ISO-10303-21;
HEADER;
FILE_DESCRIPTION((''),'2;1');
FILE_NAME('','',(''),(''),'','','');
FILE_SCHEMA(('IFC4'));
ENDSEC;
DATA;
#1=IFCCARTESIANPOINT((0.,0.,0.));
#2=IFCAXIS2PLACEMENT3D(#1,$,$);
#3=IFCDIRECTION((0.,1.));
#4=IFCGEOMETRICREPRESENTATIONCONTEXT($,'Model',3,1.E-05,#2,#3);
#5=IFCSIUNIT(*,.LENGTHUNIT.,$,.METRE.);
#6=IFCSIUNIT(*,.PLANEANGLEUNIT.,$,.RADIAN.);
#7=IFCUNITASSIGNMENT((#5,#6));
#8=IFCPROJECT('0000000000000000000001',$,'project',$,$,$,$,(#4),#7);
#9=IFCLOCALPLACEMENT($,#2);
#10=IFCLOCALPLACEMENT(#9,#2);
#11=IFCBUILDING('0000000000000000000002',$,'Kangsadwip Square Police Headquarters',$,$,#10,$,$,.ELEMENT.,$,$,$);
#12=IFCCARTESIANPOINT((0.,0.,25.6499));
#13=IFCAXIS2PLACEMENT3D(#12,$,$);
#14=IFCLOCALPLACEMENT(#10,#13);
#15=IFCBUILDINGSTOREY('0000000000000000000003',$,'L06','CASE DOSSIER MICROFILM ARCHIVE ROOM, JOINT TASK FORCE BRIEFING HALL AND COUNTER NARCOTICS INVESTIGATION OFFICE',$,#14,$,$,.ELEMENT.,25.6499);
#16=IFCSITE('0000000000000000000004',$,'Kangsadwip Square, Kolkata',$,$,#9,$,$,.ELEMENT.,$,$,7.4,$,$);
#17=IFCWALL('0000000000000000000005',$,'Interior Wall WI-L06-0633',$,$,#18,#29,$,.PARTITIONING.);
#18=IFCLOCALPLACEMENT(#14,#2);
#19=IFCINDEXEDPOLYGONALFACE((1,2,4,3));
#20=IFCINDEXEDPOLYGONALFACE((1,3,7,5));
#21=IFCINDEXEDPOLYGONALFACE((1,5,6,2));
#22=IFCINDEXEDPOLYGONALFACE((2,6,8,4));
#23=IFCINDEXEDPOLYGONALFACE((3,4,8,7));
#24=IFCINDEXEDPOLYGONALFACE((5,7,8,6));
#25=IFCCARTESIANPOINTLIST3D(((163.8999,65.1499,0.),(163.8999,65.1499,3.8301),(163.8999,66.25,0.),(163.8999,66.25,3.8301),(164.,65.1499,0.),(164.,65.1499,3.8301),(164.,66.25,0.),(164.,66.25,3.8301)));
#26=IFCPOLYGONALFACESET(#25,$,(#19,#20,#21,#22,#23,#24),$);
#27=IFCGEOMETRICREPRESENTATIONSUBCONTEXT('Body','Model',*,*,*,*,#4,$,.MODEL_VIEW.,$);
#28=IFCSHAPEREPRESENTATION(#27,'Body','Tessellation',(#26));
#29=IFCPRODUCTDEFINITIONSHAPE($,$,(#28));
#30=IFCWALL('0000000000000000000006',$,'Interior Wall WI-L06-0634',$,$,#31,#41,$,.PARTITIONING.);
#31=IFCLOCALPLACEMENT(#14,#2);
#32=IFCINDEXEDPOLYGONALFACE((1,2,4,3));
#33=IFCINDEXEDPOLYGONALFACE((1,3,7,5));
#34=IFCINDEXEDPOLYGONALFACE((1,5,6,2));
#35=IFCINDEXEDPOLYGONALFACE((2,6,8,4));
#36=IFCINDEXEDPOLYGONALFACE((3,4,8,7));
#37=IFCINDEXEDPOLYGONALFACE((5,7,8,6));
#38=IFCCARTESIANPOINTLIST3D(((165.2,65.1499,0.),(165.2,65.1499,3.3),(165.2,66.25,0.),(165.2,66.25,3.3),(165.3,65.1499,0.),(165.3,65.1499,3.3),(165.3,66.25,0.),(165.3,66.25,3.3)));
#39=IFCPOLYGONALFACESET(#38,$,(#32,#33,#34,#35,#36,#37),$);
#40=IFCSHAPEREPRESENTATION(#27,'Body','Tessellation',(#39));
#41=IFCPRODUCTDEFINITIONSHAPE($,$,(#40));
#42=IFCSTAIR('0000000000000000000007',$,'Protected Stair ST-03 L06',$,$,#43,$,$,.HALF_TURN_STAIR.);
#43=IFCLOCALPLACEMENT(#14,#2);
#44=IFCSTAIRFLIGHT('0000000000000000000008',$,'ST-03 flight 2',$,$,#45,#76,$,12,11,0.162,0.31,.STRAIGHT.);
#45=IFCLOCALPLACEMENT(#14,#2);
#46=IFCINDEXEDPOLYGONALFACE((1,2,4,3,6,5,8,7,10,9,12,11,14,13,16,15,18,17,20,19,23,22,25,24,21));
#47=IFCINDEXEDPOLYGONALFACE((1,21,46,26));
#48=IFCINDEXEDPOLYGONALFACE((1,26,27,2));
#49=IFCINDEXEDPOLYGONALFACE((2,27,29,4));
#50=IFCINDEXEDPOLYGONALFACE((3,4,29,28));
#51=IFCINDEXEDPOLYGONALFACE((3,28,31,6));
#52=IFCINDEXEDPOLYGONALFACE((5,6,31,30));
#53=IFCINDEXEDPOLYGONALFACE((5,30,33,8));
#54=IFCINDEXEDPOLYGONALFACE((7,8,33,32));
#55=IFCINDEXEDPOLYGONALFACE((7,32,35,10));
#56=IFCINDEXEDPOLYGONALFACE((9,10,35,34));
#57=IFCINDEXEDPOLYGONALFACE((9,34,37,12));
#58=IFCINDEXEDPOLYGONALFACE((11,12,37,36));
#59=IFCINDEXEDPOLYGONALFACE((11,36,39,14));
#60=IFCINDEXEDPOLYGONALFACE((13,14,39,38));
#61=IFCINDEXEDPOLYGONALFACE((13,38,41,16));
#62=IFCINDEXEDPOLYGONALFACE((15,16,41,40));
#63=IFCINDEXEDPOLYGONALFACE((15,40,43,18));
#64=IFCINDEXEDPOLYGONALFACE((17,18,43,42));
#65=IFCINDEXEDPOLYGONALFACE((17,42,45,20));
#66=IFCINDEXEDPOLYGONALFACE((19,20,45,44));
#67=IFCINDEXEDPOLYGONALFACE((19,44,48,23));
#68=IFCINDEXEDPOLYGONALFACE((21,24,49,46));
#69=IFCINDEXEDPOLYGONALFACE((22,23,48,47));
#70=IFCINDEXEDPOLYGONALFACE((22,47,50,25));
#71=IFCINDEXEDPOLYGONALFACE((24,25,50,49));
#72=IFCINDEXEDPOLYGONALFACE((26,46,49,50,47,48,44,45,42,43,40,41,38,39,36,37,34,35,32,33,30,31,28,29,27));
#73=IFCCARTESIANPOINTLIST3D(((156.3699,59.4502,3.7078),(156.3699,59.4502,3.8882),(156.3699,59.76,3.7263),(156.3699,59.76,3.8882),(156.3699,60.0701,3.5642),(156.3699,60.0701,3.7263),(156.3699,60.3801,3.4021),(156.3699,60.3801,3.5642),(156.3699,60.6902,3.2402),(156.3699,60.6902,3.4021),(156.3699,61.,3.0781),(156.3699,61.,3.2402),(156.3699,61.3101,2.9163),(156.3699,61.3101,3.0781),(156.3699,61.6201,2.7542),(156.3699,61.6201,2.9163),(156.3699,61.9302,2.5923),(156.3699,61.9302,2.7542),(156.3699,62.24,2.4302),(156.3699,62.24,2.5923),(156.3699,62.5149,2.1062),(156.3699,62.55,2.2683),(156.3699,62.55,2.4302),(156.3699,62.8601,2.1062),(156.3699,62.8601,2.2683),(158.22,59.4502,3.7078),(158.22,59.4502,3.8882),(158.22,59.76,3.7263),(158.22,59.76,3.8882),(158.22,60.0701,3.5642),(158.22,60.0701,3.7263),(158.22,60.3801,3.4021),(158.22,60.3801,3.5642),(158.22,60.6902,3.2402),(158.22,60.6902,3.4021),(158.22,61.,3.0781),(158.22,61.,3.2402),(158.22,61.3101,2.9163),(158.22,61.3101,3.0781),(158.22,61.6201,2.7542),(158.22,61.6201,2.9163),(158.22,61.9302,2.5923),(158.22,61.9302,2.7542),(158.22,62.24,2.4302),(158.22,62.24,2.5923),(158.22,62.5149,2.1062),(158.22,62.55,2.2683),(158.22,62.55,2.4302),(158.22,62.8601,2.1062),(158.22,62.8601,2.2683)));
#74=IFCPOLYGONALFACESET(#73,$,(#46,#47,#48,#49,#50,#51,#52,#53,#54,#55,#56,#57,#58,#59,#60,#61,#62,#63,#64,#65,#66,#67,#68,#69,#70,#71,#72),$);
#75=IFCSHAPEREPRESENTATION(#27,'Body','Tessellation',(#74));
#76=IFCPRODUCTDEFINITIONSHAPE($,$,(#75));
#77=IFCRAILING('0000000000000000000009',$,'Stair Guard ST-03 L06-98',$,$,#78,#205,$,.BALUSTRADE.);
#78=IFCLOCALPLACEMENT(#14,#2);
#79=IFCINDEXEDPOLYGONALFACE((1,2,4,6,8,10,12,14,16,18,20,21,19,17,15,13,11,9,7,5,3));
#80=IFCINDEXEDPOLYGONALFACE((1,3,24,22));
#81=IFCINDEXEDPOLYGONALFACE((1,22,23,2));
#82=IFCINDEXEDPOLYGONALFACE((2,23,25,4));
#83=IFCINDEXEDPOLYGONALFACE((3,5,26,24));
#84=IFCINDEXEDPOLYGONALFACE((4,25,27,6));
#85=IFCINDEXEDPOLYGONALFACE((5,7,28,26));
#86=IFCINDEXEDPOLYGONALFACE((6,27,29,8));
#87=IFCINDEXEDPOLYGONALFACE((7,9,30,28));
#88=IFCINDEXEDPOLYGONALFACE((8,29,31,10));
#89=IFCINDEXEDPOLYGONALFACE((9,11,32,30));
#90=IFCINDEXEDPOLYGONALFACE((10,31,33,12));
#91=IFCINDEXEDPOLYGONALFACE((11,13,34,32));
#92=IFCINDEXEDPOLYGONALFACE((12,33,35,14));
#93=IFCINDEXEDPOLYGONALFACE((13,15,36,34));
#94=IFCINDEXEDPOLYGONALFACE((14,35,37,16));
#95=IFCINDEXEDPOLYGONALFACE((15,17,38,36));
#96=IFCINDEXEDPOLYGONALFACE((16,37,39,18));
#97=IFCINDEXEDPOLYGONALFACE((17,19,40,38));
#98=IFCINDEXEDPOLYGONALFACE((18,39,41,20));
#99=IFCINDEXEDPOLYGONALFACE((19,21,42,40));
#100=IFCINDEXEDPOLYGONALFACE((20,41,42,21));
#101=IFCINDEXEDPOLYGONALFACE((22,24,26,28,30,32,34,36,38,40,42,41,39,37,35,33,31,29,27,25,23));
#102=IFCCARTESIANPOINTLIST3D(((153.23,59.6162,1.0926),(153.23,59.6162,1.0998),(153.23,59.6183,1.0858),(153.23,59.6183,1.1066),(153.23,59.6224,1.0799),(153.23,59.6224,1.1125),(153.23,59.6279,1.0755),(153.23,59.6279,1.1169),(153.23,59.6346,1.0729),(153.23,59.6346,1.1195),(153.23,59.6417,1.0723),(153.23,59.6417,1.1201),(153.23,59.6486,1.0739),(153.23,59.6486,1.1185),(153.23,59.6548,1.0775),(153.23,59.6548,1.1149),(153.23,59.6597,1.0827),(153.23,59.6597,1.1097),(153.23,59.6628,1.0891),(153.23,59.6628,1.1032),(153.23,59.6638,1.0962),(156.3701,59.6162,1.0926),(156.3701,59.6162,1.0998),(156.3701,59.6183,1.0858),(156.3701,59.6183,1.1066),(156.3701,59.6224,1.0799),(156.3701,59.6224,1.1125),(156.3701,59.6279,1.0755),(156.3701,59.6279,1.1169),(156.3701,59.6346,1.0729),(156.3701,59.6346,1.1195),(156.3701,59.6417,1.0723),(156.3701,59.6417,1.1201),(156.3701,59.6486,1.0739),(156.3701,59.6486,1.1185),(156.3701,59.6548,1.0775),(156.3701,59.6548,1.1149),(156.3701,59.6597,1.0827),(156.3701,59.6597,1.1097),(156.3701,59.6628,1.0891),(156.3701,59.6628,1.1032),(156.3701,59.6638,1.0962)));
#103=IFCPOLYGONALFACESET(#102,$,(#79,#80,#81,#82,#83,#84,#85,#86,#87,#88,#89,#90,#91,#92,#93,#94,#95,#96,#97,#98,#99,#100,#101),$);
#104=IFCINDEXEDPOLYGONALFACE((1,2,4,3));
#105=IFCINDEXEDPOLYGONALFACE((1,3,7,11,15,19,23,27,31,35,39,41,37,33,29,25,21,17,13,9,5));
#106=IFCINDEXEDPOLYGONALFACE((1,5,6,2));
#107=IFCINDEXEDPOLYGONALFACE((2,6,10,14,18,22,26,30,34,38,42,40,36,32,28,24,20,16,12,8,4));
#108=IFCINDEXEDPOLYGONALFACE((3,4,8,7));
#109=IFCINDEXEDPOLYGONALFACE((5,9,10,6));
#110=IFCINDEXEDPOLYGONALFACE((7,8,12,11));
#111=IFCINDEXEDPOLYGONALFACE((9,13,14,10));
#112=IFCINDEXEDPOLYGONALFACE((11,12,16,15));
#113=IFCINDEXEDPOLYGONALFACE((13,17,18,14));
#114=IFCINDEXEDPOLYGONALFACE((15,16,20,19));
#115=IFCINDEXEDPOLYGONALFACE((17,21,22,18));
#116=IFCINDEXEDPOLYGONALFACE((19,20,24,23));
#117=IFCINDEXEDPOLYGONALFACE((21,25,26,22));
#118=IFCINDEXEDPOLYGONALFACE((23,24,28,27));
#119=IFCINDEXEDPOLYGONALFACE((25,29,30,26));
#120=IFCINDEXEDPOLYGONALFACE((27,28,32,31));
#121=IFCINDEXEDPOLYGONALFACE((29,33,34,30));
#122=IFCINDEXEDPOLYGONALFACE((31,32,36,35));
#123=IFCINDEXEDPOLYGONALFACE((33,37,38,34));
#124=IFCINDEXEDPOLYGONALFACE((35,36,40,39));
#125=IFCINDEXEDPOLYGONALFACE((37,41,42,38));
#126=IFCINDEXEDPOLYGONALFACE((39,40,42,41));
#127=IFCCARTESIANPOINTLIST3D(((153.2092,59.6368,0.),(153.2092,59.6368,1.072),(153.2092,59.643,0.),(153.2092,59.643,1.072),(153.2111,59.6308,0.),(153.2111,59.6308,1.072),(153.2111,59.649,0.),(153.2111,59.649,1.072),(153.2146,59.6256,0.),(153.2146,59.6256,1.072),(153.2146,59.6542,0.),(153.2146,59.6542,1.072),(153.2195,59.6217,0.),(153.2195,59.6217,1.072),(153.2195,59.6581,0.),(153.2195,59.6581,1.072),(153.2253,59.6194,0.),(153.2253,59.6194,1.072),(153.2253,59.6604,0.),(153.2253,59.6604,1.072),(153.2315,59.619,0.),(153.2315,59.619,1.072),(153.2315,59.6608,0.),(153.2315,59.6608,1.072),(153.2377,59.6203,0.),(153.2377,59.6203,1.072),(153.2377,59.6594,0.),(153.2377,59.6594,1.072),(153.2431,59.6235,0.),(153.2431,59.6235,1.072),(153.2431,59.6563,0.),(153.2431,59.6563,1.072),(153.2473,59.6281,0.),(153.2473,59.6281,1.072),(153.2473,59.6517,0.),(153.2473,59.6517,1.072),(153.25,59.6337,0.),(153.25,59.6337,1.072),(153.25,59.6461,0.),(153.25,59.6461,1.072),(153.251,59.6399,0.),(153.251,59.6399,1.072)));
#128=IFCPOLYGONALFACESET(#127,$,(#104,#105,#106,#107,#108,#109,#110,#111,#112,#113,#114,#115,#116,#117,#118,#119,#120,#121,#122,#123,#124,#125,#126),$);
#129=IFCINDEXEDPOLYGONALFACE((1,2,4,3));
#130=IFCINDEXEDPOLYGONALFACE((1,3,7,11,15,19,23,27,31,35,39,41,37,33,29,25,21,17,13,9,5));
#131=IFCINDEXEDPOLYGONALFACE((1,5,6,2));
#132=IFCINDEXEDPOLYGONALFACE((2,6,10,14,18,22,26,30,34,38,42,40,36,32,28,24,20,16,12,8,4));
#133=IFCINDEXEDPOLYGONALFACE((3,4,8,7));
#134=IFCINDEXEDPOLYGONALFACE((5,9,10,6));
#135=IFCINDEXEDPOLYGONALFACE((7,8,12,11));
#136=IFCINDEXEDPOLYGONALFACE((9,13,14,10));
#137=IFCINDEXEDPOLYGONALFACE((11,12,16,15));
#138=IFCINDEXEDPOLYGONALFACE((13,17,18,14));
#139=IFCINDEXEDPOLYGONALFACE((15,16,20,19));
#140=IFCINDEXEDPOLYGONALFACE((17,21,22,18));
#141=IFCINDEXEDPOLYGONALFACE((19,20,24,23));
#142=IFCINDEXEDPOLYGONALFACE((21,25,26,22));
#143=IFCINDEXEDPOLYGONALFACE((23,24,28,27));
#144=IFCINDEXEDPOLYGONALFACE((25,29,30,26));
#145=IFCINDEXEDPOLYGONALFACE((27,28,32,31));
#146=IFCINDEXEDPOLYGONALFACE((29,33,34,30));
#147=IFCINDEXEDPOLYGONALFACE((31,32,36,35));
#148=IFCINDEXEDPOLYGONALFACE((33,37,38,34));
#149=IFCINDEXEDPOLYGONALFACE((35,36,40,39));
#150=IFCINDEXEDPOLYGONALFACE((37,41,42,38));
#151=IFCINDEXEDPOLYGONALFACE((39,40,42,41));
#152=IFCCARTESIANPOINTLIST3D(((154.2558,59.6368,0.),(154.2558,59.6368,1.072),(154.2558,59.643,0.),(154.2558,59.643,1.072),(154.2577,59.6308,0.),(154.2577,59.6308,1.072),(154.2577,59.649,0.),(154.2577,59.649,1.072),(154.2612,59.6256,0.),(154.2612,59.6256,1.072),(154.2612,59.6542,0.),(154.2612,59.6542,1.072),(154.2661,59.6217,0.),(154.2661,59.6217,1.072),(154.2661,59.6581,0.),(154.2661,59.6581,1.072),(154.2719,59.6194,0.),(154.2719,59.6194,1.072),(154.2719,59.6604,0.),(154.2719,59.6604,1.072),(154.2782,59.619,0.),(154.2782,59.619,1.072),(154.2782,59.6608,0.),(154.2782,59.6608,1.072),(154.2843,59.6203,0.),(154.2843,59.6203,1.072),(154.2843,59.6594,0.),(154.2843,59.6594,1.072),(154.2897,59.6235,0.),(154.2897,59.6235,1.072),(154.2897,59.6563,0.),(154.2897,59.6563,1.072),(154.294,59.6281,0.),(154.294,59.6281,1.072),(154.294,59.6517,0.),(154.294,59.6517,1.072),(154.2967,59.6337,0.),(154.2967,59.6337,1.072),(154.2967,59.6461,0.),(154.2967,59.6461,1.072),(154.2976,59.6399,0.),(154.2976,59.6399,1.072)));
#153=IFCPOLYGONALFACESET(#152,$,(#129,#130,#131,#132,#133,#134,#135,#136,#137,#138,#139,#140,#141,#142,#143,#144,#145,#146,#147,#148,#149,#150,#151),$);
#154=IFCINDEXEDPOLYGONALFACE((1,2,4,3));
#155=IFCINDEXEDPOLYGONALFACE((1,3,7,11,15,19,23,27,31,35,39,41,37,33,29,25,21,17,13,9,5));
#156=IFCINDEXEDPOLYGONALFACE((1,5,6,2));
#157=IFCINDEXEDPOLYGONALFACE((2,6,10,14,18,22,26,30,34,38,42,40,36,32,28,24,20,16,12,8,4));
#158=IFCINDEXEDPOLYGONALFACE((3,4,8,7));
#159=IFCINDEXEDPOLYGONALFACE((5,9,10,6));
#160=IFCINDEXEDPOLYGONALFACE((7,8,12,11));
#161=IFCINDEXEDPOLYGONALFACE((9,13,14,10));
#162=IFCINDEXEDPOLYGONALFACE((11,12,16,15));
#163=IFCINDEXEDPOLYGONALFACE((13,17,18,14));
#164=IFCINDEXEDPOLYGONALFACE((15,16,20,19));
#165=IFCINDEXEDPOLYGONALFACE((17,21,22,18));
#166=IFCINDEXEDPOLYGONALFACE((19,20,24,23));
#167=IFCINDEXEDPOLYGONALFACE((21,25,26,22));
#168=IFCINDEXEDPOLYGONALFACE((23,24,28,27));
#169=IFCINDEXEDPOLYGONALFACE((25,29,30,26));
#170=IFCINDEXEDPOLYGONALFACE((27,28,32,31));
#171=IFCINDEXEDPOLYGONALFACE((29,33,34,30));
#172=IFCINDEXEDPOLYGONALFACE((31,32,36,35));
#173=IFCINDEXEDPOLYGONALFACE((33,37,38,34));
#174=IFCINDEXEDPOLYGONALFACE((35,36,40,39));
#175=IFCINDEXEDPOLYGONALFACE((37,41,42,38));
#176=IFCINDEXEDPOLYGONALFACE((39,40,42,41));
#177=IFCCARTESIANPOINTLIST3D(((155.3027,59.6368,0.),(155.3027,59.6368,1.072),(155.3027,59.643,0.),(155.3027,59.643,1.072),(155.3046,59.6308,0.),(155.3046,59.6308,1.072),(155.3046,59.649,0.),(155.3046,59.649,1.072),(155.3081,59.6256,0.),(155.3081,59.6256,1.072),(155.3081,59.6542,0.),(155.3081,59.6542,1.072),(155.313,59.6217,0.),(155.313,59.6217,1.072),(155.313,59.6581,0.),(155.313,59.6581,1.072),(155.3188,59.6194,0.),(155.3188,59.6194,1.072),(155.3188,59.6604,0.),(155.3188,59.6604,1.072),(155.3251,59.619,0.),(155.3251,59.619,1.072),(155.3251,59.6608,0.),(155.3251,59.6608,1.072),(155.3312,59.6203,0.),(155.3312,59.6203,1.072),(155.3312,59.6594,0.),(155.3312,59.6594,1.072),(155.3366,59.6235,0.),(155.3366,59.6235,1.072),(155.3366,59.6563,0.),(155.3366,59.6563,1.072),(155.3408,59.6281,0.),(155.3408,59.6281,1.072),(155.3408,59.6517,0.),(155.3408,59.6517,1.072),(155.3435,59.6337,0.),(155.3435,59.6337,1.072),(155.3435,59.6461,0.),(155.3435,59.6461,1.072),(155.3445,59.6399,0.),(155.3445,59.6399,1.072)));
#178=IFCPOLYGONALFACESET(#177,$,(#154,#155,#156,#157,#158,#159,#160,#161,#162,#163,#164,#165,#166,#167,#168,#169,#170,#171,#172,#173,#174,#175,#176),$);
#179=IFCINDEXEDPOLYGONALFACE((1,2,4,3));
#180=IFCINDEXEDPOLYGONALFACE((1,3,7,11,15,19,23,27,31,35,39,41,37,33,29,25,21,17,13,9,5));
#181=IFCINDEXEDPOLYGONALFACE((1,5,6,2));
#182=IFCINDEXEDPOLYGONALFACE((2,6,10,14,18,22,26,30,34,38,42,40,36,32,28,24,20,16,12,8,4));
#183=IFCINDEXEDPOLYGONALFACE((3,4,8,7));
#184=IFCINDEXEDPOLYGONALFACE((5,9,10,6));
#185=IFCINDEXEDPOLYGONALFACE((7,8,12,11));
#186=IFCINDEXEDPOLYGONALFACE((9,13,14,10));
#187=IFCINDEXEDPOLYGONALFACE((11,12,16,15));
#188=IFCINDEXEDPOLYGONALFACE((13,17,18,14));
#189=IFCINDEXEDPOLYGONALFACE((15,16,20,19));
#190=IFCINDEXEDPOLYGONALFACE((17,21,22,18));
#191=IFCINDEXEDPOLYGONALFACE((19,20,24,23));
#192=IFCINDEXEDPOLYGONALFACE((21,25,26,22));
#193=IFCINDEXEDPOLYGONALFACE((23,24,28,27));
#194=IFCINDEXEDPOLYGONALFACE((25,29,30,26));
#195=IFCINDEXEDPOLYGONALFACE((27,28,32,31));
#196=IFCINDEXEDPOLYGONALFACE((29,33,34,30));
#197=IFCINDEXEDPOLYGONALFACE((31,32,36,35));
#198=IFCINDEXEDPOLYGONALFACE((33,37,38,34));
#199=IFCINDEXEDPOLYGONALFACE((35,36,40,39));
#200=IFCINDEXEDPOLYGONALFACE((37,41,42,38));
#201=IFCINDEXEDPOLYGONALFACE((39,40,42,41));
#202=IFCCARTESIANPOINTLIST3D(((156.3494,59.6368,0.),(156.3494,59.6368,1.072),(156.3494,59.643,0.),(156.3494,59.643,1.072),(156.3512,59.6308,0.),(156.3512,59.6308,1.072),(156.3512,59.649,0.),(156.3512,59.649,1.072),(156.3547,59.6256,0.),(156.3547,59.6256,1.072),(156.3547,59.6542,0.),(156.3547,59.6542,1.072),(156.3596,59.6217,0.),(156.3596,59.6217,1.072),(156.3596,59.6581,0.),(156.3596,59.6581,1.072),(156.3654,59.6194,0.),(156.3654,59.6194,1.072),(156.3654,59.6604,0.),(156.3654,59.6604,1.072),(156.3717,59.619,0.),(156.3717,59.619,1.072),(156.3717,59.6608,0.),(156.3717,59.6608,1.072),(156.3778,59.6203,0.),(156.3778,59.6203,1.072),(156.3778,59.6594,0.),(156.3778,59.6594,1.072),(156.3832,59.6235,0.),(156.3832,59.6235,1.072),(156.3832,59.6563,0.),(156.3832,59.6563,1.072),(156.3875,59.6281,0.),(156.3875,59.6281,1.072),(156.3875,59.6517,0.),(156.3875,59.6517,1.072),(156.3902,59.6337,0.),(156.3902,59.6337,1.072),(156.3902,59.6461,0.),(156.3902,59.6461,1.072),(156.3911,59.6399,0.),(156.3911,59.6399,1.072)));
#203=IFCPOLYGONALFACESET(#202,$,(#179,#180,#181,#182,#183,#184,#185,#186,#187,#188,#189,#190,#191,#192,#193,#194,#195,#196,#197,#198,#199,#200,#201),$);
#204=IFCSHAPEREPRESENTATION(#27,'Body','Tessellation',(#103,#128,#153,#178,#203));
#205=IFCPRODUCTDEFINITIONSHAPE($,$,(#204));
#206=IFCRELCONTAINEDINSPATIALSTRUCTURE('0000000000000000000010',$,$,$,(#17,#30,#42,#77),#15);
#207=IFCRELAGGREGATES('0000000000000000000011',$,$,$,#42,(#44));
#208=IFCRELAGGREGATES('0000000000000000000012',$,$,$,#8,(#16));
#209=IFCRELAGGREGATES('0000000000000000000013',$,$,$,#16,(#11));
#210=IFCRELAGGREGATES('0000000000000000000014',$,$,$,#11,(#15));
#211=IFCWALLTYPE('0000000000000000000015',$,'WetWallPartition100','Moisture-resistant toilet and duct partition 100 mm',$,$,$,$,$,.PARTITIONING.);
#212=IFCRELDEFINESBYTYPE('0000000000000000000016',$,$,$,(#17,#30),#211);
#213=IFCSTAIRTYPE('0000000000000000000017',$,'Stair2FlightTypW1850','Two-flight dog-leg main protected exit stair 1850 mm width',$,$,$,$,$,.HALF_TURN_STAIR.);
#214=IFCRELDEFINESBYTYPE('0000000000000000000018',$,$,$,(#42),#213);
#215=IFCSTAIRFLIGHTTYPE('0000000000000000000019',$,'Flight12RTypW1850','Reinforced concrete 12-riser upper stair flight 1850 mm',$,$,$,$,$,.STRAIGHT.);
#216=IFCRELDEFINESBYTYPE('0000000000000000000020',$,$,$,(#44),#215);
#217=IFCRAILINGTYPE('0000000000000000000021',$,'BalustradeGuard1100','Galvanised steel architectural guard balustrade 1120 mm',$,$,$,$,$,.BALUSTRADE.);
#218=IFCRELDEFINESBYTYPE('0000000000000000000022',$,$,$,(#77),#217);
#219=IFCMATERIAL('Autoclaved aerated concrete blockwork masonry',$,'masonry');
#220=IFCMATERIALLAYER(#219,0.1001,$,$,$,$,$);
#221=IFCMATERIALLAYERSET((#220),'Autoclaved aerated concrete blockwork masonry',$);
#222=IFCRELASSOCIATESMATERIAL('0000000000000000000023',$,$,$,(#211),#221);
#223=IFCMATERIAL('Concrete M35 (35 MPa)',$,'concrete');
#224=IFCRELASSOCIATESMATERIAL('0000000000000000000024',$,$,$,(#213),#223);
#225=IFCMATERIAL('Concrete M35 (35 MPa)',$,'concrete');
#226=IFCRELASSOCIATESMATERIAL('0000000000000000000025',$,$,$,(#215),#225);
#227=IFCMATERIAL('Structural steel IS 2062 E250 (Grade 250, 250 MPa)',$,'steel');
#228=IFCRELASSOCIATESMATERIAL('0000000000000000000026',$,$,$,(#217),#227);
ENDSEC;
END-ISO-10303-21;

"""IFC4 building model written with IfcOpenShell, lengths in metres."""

from ifc_helpers import new_model, si_unit, direction, frame, frame_2d, origin, origin_2d, place, context, subcontext, project, spatial, polyline, rectangle, circle, outline, extrude, material, layer, layer_set, type_object, element, aggregate, save


model = new_model("IFC4")

# Units and contexts
model_context = context("Model", 3, precision=1e-05, world=origin(), true_north=direction((0.0, 1.0)))
body_context = subcontext(model_context, "Body", "Model", "MODEL_VIEW")
ifc_project = project(units=[si_unit("LENGTHUNIT", "METRE"), si_unit("PLANEANGLEUNIT", "RADIAN")], contexts=[model_context])

# Site, building, storey
site_placement = place(None, origin())
site = spatial("IfcSite", under=ifc_project, at=site_placement, Name="Kangsadwip Square, Kolkata", CompositionType="ELEMENT", RefElevation=7.4)
building_placement = place(site_placement, origin())
building = spatial("IfcBuilding", under=site, at=building_placement, Name="Kangsadwip Square Police Headquarters", CompositionType="ELEMENT")
storey_placement = place(building_placement, frame((0.0, 0.0, 25.6499)))
storey = spatial("IfcBuildingStorey", under=building, at=storey_placement, Name="L06", Description="CASE DOSSIER MICROFILM ARCHIVE ROOM, JOINT TASK FORCE BRIEFING HALL AND COUNTER NARCOTICS INVESTIGATION OFFICE", CompositionType="ELEMENT", Elevation=25.6499)

# Walls
ifc_material_1 = material(Name="Autoclaved aerated concrete blockwork masonry", Category="masonry")
ifc_layer_1 = layer(ifc_material_1, 0.1001)
ifc_layer_set_1 = layer_set([ifc_layer_1], Name="Autoclaved aerated concrete blockwork masonry")
wall_type_1 = type_object("IfcWallType", Name="WetWallPartition100", Description="Moisture-resistant toilet and duct partition 100 mm", PredefinedType="PARTITIONING", material=ifc_layer_set_1)
wall_1_placement = place(storey_placement, frame((163.95, 65.1499, 0.0), z_axis=(0.0, 0.0, 1.0), x_axis=(0.0, 1.0, 0.0)))
element("IfcWall", 1, at=wall_1_placement, inside=storey, type_object=wall_type_1, Name="Interior Wall WI-L06-0633", PredefinedType="PARTITIONING", context=body_context, shape_type="SweptSolid", body=[
    extrude(rectangle(XDim=1.1001, YDim=0.1001, at=frame_2d((0.55, 0.0))), origin(), (0.0, 0.0, 1.0), 3.8301),
])
wall_2_placement = place(storey_placement, frame((165.25, 65.1499, 0.0), z_axis=(0.0, 0.0, 1.0), x_axis=(0.0, 1.0, 0.0)))
element("IfcWall", 2, at=wall_2_placement, inside=storey, type_object=wall_type_1, Name="Interior Wall WI-L06-0634", PredefinedType="PARTITIONING", context=body_context, shape_type="SweptSolid", body=[
    extrude(rectangle(XDim=1.1001, YDim=0.1001, at=frame_2d((0.55, 0.0))), origin(), (0.0, 0.0, 1.0), 3.3),
])

# Stair, stair flight
ifc_material_2 = material(Name="Concrete M35 (35 MPa)", Category="concrete")
stair_type = type_object("IfcStairType", Name="Stair2FlightTypW1850", Description="Two-flight dog-leg main protected exit stair 1850 mm width", PredefinedType="HALF_TURN_STAIR", material=ifc_material_2)
stair_placement = place(storey_placement, origin())
stair = element("IfcStair", 3, at=stair_placement, inside=storey, type_object=stair_type, Name="Protected Stair ST-03 L06", PredefinedType="HALF_TURN_STAIR")
ifc_material_3 = material(Name="Concrete M35 (35 MPa)", Category="concrete")
stair_flight_type = type_object("IfcStairFlightType", Name="Flight12RTypW1850", Description="Reinforced concrete 12-riser upper stair flight 1850 mm", PredefinedType="STRAIGHT", material=ifc_material_3)
stair_flight_placement = place(storey_placement, frame((157.2949, 62.8601, 2.1062), z_axis=(0.0, 0.0, 1.0), x_axis=(0.0, -1.0, 0.0)))
stair_flight = element("IfcStairFlight", 4, at=stair_flight_placement, type_object=stair_flight_type, Name="ST-03 flight 2", NumberOfRisers=12, NumberOfTreads=11, PredefinedType="STRAIGHT", RiserHeight=0.162, TreadLength=0.31, context=body_context, shape_type="SweptSolid", body=[
    extrude(outline(polyline([(0.0, 0.0), (0.0, 0.1621), (0.3101, 0.1621), (0.3101, 0.324), (0.6201, 0.324), (0.6201, 0.4861), (0.9299, 0.4861), (0.9299, 0.6479), (1.24, 0.6479), (1.24, 0.8101), (1.55, 0.8101), (1.55, 0.9719), (1.8601, 0.9719), (1.8601, 1.134), (2.1699, 1.134), (2.1699, 1.2959), (2.48, 1.2959), (2.48, 1.458), (2.79, 1.458), (2.79, 1.6201), (3.1001, 1.6201), (3.1001, 1.782), (3.4099, 1.782), (3.4099, 1.9441), (3.4099, 1.6016), (0.3452, 0.0), (0.0, 0.0)])), frame((0.0, 0.925, 0.0), z_axis=(0.0, -1.0, 0.0), x_axis=(1.0, 0.0, 0.0)), (0.0, 0.0, 1.0), 1.8501),
])
aggregate(stair, [stair_flight])

# Railing
ifc_material_4 = material(Name="Structural steel IS 2062 E250 (Grade 250, 250 MPa)", Category="steel")
railing_type_1 = type_object("IfcRailingType", Name="BalustradeGuard1100", Description="Galvanised steel architectural guard balustrade 1120 mm", PredefinedType="BALUSTRADE", material=ifc_material_4)
for number, where, name in (
    (5, (153.23, 59.6399, 0.0), "Stair Guard ST-03 L06-98"),
):
    element("IfcRailing", number, at=place(storey_placement, frame(where)), inside=storey, type_object=railing_type_1, Name=name, PredefinedType="BALUSTRADE", context=body_context, shape_type="SweptSolid", body=[
        extrude(circle(Radius=0.0239, at=origin_2d()), frame((0.0, 0.0, 1.0962), z_axis=(1.0, 0.0, 0.0), x_axis=(0.0, 1.0, 0.0)), (0.0, 0.0, 1.0), 3.1401),
        extrude(circle(Radius=0.021, at=origin_2d()), origin(), (0.0, 0.0, 1.0), 1.072),
        extrude(circle(Radius=0.021, at=origin_2d()), frame((1.0466, 0.0, 0.0)), (0.0, 0.0, 1.0), 1.072),
        extrude(circle(Radius=0.021, at=origin_2d()), frame((2.0935, 0.0, 0.0)), (0.0, 0.0, 1.0), 1.072),
        extrude(circle(Radius=0.021, at=origin_2d()), frame((3.1401, 0.0, 0.0)), (0.0, 0.0, 1.0), 1.072),
    ])

save(model, "model.ifc")
